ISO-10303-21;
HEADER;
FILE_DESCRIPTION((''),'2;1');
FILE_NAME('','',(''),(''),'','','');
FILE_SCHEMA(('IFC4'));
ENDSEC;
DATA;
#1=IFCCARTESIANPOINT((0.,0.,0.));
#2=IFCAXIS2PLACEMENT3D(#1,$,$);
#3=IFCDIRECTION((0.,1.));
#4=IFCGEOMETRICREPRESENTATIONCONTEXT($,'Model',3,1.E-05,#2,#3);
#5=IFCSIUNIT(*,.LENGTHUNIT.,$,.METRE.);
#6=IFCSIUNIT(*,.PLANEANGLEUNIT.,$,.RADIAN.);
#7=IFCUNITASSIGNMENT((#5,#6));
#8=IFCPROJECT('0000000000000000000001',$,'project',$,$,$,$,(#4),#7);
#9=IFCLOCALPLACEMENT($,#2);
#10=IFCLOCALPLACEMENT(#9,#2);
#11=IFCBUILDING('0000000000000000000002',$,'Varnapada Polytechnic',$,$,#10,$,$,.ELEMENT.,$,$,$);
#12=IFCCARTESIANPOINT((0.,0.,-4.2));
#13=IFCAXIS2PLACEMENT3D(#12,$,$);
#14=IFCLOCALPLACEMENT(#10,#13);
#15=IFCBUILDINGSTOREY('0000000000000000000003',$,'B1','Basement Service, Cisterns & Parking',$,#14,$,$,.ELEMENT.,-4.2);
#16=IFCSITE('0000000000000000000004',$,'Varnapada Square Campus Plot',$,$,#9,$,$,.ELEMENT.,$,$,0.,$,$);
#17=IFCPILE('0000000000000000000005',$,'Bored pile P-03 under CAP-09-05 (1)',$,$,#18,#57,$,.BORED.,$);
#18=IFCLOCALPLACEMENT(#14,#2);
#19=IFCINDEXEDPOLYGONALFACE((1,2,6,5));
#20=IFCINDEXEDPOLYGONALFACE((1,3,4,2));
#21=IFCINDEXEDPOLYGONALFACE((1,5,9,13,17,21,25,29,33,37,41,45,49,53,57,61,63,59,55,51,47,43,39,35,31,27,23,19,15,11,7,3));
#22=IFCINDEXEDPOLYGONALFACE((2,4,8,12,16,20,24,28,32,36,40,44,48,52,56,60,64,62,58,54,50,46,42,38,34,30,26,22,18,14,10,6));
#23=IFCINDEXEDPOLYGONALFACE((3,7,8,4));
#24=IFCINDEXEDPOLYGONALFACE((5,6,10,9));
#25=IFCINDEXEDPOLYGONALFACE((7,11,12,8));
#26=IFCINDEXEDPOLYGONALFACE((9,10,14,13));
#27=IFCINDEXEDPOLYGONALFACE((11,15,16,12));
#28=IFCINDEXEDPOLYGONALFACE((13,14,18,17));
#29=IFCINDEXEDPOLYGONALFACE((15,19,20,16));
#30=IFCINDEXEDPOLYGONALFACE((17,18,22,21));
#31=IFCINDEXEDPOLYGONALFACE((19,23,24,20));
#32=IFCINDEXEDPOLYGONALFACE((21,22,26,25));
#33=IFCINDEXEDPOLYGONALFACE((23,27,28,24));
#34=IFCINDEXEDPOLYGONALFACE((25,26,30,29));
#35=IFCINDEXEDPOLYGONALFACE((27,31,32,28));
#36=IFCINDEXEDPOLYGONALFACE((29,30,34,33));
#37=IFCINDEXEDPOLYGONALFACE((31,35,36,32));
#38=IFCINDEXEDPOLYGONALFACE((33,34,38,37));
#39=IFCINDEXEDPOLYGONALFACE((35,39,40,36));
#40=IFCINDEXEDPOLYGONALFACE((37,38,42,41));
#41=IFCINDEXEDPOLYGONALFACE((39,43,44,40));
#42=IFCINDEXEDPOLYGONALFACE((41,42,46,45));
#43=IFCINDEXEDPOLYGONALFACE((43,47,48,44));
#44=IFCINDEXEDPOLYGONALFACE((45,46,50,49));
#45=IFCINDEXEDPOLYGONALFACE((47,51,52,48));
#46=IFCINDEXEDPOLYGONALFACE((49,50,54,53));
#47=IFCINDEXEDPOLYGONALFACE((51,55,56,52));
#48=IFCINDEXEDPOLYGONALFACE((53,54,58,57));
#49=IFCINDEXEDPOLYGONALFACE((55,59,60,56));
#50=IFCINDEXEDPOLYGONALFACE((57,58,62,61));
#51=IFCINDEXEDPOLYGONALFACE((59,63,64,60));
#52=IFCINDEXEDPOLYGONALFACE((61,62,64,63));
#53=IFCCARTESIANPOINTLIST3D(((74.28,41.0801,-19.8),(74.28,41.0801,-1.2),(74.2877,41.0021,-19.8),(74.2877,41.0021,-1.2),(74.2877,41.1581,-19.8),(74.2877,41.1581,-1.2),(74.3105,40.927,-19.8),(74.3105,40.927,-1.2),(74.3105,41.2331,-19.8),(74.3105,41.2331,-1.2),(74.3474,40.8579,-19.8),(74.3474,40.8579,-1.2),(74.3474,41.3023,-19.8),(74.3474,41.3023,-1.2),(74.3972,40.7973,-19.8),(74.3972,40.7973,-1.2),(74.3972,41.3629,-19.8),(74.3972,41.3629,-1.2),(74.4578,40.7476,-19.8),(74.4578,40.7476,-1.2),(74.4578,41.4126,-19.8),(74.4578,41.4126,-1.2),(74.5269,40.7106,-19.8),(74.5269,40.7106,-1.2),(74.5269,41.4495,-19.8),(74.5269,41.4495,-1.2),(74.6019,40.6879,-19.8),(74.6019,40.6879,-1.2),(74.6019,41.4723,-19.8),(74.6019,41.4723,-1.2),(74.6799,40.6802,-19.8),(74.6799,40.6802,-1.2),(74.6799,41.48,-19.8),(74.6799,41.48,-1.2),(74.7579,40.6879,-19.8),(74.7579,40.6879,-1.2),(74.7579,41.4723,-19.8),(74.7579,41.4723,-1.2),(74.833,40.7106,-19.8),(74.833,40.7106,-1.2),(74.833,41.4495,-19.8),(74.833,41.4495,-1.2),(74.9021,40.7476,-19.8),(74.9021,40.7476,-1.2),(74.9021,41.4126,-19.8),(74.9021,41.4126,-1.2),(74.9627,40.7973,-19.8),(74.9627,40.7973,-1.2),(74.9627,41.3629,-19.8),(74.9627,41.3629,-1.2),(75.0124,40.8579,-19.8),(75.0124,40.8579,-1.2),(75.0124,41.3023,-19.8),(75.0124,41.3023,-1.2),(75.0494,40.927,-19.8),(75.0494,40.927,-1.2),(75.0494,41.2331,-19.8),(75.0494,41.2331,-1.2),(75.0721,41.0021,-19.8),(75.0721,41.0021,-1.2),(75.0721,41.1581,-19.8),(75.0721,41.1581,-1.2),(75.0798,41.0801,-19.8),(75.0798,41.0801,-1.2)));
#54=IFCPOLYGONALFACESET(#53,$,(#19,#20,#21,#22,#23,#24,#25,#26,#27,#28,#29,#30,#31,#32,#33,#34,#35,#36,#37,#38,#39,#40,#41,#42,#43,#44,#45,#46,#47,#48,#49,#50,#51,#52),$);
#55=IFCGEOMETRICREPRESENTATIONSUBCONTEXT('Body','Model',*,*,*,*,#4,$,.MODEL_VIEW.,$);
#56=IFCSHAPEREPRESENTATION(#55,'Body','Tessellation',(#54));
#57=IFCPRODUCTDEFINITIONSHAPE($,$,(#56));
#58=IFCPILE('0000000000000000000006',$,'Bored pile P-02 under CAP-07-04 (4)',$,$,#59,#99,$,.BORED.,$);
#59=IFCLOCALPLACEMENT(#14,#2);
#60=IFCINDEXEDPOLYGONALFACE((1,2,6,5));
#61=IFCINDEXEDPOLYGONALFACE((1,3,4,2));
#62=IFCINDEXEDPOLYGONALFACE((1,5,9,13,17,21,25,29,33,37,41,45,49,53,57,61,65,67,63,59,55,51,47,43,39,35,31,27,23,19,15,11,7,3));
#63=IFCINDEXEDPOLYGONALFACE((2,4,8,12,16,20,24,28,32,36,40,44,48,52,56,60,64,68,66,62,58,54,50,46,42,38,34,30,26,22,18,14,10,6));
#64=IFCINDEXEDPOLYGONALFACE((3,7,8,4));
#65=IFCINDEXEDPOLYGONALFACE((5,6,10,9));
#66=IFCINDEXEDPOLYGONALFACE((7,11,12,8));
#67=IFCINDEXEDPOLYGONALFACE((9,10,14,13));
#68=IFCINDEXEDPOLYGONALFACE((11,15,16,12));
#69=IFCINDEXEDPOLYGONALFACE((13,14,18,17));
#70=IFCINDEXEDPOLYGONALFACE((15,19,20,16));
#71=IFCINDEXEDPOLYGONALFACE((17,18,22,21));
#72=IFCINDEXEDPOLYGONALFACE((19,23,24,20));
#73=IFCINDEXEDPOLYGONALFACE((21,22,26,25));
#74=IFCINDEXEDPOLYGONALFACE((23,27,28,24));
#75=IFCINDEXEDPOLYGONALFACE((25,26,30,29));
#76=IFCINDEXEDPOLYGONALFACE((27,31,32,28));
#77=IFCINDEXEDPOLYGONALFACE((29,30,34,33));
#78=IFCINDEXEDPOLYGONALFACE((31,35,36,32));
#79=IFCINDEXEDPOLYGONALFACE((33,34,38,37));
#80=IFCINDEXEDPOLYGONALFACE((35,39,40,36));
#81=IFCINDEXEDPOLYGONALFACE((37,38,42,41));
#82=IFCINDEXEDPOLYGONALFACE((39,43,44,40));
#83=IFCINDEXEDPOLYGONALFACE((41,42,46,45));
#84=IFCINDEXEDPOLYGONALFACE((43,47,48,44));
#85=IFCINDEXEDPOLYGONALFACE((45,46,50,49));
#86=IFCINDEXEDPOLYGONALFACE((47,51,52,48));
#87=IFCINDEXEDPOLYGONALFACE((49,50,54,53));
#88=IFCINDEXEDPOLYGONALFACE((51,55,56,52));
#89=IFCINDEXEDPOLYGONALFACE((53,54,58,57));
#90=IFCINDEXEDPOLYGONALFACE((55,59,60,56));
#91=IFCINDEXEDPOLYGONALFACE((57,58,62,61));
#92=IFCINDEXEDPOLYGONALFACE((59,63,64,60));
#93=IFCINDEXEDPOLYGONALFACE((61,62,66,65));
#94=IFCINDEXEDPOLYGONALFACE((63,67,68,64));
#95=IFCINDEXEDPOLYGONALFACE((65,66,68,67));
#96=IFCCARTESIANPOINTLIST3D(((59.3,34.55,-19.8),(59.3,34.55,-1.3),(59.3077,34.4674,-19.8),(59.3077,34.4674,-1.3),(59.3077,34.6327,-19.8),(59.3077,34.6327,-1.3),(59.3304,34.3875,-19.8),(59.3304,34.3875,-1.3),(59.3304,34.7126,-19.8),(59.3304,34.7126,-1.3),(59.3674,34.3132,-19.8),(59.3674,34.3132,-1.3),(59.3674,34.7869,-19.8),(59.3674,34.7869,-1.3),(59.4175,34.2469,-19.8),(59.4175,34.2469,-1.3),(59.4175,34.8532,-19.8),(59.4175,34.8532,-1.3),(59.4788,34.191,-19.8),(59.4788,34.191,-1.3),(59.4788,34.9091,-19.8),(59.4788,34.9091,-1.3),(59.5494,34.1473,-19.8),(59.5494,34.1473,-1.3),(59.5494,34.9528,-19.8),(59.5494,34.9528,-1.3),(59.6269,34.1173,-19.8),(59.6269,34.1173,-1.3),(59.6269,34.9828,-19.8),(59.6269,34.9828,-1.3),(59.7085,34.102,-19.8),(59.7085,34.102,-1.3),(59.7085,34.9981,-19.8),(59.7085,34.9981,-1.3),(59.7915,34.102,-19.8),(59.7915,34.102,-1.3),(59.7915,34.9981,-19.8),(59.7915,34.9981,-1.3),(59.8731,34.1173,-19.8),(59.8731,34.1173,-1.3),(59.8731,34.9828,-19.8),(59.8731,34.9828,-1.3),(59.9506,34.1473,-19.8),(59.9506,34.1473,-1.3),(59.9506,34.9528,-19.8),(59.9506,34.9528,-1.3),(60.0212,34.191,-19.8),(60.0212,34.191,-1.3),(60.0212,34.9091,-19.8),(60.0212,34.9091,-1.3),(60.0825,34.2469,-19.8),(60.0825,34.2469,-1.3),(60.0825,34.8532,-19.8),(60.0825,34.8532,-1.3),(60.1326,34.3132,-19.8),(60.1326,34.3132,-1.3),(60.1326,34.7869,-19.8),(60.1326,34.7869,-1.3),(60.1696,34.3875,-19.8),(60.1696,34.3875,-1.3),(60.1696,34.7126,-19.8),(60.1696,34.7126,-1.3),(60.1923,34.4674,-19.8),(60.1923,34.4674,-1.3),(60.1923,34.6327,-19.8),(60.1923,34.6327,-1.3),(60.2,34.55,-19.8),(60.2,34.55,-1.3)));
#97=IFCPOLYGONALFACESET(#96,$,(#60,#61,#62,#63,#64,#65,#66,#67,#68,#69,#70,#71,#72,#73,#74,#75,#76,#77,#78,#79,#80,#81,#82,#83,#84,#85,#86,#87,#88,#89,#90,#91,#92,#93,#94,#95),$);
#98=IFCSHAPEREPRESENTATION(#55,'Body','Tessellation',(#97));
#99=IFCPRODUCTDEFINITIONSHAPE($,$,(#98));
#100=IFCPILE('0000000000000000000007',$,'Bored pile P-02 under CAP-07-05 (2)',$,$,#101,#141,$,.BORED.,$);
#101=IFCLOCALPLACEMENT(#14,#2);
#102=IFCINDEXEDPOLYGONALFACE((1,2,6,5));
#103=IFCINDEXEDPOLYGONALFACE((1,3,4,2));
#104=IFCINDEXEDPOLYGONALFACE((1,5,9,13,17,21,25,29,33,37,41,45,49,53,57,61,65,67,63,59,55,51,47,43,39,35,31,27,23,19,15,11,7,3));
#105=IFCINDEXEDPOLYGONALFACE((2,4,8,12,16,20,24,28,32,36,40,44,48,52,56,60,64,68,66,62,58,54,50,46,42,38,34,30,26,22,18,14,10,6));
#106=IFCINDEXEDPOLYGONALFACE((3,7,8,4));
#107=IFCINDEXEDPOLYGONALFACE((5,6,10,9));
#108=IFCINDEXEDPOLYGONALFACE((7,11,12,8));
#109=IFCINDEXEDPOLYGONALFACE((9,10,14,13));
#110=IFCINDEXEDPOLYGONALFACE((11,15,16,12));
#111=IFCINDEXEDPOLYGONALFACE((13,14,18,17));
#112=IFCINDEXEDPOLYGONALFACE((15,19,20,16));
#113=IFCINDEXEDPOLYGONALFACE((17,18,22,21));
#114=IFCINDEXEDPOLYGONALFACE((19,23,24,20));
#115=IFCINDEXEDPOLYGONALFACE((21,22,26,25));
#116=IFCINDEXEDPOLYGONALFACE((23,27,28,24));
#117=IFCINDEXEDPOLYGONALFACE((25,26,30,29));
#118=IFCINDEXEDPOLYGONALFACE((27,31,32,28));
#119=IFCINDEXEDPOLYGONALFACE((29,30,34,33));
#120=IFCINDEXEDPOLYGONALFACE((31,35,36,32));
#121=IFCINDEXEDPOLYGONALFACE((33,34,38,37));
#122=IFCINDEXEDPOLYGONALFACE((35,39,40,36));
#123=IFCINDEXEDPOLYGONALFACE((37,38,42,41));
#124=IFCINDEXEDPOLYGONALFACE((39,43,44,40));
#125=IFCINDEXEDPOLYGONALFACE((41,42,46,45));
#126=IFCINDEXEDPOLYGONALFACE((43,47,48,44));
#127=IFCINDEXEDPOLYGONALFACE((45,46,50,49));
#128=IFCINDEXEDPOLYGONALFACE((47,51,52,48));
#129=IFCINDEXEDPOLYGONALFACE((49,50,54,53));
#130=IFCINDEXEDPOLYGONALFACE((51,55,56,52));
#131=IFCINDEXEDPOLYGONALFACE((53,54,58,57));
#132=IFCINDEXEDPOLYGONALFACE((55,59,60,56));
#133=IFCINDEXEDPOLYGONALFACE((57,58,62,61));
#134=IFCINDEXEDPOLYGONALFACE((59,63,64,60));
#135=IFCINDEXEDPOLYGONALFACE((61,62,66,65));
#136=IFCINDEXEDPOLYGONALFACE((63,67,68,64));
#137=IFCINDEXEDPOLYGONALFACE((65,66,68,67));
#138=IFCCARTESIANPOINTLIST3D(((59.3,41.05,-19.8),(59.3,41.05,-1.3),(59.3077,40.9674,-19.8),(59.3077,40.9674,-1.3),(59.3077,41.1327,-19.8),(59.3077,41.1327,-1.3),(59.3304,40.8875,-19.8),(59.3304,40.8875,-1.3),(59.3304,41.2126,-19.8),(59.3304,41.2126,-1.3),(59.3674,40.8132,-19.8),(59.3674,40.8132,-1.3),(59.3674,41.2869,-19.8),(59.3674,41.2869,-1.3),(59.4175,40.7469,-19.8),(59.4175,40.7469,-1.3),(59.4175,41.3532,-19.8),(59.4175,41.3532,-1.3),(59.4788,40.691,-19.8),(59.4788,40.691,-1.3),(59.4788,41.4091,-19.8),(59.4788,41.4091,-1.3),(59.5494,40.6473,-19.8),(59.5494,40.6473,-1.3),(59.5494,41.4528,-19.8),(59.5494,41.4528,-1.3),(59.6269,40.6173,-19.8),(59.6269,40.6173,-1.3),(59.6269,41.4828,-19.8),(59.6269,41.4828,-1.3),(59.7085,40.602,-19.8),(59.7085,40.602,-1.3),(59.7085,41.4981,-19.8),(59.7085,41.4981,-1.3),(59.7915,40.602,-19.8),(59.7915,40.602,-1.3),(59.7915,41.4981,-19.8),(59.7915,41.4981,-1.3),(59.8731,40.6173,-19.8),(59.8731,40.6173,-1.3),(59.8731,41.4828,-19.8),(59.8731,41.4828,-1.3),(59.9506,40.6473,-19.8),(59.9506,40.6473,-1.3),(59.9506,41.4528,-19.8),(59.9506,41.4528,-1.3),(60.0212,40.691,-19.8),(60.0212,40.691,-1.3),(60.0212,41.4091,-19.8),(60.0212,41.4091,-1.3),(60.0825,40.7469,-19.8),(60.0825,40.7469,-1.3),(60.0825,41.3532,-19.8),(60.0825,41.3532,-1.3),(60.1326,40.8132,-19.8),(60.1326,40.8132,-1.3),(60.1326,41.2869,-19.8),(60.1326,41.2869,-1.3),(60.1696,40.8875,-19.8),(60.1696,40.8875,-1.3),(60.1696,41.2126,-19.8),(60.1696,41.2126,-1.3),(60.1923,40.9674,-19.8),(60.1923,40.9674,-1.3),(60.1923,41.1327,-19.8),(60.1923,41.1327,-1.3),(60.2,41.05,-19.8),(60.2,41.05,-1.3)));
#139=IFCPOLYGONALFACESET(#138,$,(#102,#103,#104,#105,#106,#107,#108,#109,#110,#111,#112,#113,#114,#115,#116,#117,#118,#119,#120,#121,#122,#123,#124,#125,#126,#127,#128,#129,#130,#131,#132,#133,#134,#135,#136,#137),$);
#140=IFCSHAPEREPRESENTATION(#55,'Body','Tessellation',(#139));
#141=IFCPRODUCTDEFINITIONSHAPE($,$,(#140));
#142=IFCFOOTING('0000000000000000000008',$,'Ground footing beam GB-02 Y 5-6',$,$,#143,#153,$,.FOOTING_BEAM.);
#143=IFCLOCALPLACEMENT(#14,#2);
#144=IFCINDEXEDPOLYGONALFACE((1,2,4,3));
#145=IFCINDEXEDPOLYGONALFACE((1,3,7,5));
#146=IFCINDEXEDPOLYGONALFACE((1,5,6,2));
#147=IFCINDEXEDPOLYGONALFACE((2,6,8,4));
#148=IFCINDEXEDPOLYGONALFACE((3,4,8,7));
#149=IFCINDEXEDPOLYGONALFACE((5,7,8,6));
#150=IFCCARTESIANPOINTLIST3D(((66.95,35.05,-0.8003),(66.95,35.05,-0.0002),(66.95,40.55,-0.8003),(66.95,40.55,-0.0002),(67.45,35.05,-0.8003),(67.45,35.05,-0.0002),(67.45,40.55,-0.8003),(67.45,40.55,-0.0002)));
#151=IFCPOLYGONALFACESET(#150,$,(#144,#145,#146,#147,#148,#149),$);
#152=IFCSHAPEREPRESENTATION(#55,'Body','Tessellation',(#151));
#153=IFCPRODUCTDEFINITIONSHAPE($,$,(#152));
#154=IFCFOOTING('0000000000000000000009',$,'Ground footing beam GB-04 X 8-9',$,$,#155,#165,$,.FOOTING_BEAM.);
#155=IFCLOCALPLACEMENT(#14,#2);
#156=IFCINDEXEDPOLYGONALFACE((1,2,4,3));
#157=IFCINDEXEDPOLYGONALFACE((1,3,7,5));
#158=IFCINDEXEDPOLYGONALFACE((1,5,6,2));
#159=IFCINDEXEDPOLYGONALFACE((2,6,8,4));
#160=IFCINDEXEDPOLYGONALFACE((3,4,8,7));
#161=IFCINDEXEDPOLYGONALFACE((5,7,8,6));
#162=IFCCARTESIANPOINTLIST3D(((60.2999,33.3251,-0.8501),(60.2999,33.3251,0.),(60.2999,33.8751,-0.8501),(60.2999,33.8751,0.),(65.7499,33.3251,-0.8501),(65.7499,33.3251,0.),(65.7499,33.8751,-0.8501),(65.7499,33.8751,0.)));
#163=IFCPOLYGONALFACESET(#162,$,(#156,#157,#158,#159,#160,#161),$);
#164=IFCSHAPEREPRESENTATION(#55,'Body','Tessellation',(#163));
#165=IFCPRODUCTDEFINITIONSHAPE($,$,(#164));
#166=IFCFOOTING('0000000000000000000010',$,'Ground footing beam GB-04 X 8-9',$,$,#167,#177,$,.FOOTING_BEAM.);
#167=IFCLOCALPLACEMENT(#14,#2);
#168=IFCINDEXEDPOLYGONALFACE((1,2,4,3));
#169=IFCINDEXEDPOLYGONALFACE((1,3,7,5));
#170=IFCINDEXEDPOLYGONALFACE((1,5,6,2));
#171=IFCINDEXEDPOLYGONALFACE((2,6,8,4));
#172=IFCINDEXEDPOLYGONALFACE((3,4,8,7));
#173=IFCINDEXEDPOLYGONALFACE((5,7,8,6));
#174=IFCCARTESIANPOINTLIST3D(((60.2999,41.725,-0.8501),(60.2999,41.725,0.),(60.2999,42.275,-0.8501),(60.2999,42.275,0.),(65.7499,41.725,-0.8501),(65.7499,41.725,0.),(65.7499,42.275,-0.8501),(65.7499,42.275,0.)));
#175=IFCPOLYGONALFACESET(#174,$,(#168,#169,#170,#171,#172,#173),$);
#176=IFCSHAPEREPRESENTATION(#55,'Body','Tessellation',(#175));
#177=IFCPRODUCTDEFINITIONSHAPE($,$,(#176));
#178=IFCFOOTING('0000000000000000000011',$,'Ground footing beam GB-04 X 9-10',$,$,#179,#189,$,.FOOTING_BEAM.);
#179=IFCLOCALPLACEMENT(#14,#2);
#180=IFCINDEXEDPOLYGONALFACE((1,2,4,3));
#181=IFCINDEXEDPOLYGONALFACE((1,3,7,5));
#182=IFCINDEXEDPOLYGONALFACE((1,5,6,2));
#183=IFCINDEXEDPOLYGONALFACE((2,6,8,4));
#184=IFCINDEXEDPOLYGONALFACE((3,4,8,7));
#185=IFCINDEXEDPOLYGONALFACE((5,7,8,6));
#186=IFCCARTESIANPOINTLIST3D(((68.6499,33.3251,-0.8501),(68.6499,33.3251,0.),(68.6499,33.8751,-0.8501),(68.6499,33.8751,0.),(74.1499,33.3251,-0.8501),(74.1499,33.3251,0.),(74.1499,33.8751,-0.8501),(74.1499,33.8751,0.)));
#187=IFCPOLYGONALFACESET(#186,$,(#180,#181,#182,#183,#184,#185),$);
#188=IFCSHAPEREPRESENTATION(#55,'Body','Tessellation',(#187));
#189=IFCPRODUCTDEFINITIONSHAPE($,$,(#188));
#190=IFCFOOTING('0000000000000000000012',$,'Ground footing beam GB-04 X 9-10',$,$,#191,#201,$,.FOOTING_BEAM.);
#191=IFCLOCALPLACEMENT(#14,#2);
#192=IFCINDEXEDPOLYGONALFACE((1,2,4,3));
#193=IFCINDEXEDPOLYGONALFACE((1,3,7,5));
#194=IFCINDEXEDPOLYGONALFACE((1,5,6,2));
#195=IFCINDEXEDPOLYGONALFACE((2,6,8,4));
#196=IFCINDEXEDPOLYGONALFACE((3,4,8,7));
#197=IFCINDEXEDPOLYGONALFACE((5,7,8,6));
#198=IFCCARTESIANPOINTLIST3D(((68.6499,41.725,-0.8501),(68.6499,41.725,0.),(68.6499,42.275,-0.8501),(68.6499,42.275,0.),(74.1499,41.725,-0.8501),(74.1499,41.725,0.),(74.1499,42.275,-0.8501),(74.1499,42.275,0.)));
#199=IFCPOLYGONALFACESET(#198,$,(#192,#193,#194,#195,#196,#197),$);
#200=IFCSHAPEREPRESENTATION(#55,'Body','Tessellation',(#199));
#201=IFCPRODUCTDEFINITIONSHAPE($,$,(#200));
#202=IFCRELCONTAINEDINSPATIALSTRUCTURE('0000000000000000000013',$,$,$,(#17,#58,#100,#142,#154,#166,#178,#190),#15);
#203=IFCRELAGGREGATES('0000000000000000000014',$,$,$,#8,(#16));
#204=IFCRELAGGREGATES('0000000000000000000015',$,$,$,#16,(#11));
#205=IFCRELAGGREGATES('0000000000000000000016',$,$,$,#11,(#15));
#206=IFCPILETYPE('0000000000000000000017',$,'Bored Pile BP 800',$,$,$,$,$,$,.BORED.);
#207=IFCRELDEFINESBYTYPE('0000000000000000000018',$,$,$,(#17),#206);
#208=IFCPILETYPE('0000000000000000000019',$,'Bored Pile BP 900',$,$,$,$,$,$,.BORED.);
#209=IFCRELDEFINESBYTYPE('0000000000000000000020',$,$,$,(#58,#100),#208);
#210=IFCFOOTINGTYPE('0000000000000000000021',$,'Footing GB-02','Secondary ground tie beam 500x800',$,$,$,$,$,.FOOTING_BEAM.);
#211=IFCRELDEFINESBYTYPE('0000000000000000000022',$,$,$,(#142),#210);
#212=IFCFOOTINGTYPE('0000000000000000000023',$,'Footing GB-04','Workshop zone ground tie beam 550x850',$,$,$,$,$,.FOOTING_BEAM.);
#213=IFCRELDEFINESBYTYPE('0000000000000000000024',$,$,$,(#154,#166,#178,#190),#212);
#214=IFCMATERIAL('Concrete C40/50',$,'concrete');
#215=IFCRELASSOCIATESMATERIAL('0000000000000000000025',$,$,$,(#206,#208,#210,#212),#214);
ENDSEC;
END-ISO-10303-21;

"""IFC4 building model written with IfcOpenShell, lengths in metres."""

from ifc_helpers import new_model, si_unit, direction, frame, origin, origin_2d, place, context, subcontext, project, spatial, rectangle, circle, extrude, material, material_profile, profile_set, type_object, element, save


model = new_model("IFC4")

# Units and contexts
model_context = context("Model", 3, precision=1e-05, world=origin(), true_north=direction((0.0, 1.0)))
body_context = subcontext(model_context, "Body", "Model", "MODEL_VIEW")
ifc_project = project(units=[si_unit("LENGTHUNIT", "METRE"), si_unit("PLANEANGLEUNIT", "RADIAN")], contexts=[model_context])

# Site, building, storey
site_placement = place(None, origin())
site = spatial("IfcSite", under=ifc_project, at=site_placement, Name="Varnapada Square Campus Plot", CompositionType="ELEMENT", RefElevation=0.0)
building_placement = place(site_placement, origin())
building = spatial("IfcBuilding", under=site, at=building_placement, Name="Varnapada Polytechnic", CompositionType="ELEMENT")
storey_placement = place(building_placement, frame((0.0, 0.0, -4.2)))
storey = spatial("IfcBuildingStorey", under=building, at=storey_placement, Name="B1", Description="Basement Service, Cisterns & Parking", CompositionType="ELEMENT", Elevation=-4.2)

# Piles
ifc_material_1 = material(Name="Concrete C40/50", Category="concrete")
ifc_material_profile_1 = material_profile(ifc_material_1, circle(Radius=0.3999, at=origin_2d()), Name="BP 800")
ifc_profile_set_1 = profile_set([ifc_material_profile_1], Name="Concrete C40/50")
pile_type_1 = type_object("IfcPileType", Name="Bored Pile BP 800", PredefinedType="BORED", material=ifc_profile_set_1)
for number, where, z_axis, x_axis, name in (
    (1, (74.6799, 41.0801, -1.2), (0.0, 0.0, -1.0), (1.0, 0.0, 0.0), "Bored pile P-03 under CAP-09-05 (1)"),
):
    element("IfcPile", number, at=place(storey_placement, frame(where, z_axis=z_axis, x_axis=x_axis)), inside=storey, type_object=pile_type_1, Name=name, PredefinedType="BORED", context=body_context, shape_type="SweptSolid", body=[
        extrude(circle(Radius=0.3999, at=origin_2d()), origin(), (0.0, 0.0, 1.0), 18.6001),
    ])
ifc_material_profile_2 = material_profile(ifc_material_1, circle(Radius=0.45, at=origin_2d()), Name="BP 900")
ifc_profile_set_2 = profile_set([ifc_material_profile_2], Name="Concrete C40/50")
pile_type_2 = type_object("IfcPileType", Name="Bored Pile BP 900", PredefinedType="BORED", material=ifc_profile_set_2)
for number, where, z_axis, x_axis, name in (
    (2, (59.75, 34.55, -1.3), (0.0, 0.0, -1.0), (1.0, 0.0, 0.0), "Bored pile P-02 under CAP-07-04 (4)"),
    (3, (59.75, 41.05, -1.3), (0.0, 0.0, -1.0), (1.0, 0.0, 0.0), "Bored pile P-02 under CAP-07-05 (2)"),
):
    element("IfcPile", number, at=place(storey_placement, frame(where, z_axis=z_axis, x_axis=x_axis)), inside=storey, type_object=pile_type_2, Name=name, PredefinedType="BORED", context=body_context, shape_type="SweptSolid", body=[
        extrude(circle(Radius=0.45, at=origin_2d()), origin(), (0.0, 0.0, 1.0), 18.5),
    ])

# Footings
footing_type_1 = type_object("IfcFootingType", Name="Footing GB-02", Description="Secondary ground tie beam 500x800", PredefinedType="FOOTING_BEAM", material=ifc_material_1)
footing_placement = place(storey_placement, frame((67.2, 37.8, -0.8003), z_axis=(0.0, 0.0, 1.0), x_axis=(0.0, 1.0, 0.0)))
element("IfcFooting", 4, at=footing_placement, inside=storey, type_object=footing_type_1, Name="Ground footing beam GB-02 Y 5-6", PredefinedType="FOOTING_BEAM", context=body_context, shape_type="SweptSolid", body=[
    extrude(rectangle(XDim=5.5, YDim=0.5, at=origin_2d()), origin(), (0.0, 0.0, 1.0), 0.8),
])
footing_type_2 = type_object("IfcFootingType", Name="Footing GB-04", Description="Workshop zone ground tie beam 550x850", PredefinedType="FOOTING_BEAM", material=ifc_material_1)
for number, where, z_axis, x_axis, name in (
    (5, (63.0249, 33.6001, -0.8501), (0.0, 0.0, 1.0), (1.0, 0.0, 0.0), "Ground footing beam GB-04 X 8-9"),
    (6, (63.0249, 42.0, -0.8501), (0.0, 0.0, 1.0), (1.0, 0.0, 0.0), "Ground footing beam GB-04 X 8-9"),
):
    element("IfcFooting", number, at=place(storey_placement, frame(where, z_axis=z_axis, x_axis=x_axis)), inside=storey, type_object=footing_type_2, Name=name, PredefinedType="FOOTING_BEAM", context=body_context, shape_type="SweptSolid", body=[
        extrude(rectangle(XDim=5.45, YDim=0.55, at=origin_2d()), origin(), (0.0, 0.0, 1.0), 0.8501),
    ])
for number, where, z_axis, x_axis, name in (
    (7, (71.3999, 33.6001, -0.8501), (0.0, 0.0, 1.0), (1.0, 0.0, 0.0), "Ground footing beam GB-04 X 9-10"),
    (8, (71.3999, 42.0, -0.8501), (0.0, 0.0, 1.0), (1.0, 0.0, 0.0), "Ground footing beam GB-04 X 9-10"),
):
    element("IfcFooting", number, at=place(storey_placement, frame(where, z_axis=z_axis, x_axis=x_axis)), inside=storey, type_object=footing_type_2, Name=name, PredefinedType="FOOTING_BEAM", context=body_context, shape_type="SweptSolid", body=[
        extrude(rectangle(XDim=5.5, YDim=0.55, at=origin_2d()), origin(), (0.0, 0.0, 1.0), 0.8501),
    ])

save(model, "model.ifc")
